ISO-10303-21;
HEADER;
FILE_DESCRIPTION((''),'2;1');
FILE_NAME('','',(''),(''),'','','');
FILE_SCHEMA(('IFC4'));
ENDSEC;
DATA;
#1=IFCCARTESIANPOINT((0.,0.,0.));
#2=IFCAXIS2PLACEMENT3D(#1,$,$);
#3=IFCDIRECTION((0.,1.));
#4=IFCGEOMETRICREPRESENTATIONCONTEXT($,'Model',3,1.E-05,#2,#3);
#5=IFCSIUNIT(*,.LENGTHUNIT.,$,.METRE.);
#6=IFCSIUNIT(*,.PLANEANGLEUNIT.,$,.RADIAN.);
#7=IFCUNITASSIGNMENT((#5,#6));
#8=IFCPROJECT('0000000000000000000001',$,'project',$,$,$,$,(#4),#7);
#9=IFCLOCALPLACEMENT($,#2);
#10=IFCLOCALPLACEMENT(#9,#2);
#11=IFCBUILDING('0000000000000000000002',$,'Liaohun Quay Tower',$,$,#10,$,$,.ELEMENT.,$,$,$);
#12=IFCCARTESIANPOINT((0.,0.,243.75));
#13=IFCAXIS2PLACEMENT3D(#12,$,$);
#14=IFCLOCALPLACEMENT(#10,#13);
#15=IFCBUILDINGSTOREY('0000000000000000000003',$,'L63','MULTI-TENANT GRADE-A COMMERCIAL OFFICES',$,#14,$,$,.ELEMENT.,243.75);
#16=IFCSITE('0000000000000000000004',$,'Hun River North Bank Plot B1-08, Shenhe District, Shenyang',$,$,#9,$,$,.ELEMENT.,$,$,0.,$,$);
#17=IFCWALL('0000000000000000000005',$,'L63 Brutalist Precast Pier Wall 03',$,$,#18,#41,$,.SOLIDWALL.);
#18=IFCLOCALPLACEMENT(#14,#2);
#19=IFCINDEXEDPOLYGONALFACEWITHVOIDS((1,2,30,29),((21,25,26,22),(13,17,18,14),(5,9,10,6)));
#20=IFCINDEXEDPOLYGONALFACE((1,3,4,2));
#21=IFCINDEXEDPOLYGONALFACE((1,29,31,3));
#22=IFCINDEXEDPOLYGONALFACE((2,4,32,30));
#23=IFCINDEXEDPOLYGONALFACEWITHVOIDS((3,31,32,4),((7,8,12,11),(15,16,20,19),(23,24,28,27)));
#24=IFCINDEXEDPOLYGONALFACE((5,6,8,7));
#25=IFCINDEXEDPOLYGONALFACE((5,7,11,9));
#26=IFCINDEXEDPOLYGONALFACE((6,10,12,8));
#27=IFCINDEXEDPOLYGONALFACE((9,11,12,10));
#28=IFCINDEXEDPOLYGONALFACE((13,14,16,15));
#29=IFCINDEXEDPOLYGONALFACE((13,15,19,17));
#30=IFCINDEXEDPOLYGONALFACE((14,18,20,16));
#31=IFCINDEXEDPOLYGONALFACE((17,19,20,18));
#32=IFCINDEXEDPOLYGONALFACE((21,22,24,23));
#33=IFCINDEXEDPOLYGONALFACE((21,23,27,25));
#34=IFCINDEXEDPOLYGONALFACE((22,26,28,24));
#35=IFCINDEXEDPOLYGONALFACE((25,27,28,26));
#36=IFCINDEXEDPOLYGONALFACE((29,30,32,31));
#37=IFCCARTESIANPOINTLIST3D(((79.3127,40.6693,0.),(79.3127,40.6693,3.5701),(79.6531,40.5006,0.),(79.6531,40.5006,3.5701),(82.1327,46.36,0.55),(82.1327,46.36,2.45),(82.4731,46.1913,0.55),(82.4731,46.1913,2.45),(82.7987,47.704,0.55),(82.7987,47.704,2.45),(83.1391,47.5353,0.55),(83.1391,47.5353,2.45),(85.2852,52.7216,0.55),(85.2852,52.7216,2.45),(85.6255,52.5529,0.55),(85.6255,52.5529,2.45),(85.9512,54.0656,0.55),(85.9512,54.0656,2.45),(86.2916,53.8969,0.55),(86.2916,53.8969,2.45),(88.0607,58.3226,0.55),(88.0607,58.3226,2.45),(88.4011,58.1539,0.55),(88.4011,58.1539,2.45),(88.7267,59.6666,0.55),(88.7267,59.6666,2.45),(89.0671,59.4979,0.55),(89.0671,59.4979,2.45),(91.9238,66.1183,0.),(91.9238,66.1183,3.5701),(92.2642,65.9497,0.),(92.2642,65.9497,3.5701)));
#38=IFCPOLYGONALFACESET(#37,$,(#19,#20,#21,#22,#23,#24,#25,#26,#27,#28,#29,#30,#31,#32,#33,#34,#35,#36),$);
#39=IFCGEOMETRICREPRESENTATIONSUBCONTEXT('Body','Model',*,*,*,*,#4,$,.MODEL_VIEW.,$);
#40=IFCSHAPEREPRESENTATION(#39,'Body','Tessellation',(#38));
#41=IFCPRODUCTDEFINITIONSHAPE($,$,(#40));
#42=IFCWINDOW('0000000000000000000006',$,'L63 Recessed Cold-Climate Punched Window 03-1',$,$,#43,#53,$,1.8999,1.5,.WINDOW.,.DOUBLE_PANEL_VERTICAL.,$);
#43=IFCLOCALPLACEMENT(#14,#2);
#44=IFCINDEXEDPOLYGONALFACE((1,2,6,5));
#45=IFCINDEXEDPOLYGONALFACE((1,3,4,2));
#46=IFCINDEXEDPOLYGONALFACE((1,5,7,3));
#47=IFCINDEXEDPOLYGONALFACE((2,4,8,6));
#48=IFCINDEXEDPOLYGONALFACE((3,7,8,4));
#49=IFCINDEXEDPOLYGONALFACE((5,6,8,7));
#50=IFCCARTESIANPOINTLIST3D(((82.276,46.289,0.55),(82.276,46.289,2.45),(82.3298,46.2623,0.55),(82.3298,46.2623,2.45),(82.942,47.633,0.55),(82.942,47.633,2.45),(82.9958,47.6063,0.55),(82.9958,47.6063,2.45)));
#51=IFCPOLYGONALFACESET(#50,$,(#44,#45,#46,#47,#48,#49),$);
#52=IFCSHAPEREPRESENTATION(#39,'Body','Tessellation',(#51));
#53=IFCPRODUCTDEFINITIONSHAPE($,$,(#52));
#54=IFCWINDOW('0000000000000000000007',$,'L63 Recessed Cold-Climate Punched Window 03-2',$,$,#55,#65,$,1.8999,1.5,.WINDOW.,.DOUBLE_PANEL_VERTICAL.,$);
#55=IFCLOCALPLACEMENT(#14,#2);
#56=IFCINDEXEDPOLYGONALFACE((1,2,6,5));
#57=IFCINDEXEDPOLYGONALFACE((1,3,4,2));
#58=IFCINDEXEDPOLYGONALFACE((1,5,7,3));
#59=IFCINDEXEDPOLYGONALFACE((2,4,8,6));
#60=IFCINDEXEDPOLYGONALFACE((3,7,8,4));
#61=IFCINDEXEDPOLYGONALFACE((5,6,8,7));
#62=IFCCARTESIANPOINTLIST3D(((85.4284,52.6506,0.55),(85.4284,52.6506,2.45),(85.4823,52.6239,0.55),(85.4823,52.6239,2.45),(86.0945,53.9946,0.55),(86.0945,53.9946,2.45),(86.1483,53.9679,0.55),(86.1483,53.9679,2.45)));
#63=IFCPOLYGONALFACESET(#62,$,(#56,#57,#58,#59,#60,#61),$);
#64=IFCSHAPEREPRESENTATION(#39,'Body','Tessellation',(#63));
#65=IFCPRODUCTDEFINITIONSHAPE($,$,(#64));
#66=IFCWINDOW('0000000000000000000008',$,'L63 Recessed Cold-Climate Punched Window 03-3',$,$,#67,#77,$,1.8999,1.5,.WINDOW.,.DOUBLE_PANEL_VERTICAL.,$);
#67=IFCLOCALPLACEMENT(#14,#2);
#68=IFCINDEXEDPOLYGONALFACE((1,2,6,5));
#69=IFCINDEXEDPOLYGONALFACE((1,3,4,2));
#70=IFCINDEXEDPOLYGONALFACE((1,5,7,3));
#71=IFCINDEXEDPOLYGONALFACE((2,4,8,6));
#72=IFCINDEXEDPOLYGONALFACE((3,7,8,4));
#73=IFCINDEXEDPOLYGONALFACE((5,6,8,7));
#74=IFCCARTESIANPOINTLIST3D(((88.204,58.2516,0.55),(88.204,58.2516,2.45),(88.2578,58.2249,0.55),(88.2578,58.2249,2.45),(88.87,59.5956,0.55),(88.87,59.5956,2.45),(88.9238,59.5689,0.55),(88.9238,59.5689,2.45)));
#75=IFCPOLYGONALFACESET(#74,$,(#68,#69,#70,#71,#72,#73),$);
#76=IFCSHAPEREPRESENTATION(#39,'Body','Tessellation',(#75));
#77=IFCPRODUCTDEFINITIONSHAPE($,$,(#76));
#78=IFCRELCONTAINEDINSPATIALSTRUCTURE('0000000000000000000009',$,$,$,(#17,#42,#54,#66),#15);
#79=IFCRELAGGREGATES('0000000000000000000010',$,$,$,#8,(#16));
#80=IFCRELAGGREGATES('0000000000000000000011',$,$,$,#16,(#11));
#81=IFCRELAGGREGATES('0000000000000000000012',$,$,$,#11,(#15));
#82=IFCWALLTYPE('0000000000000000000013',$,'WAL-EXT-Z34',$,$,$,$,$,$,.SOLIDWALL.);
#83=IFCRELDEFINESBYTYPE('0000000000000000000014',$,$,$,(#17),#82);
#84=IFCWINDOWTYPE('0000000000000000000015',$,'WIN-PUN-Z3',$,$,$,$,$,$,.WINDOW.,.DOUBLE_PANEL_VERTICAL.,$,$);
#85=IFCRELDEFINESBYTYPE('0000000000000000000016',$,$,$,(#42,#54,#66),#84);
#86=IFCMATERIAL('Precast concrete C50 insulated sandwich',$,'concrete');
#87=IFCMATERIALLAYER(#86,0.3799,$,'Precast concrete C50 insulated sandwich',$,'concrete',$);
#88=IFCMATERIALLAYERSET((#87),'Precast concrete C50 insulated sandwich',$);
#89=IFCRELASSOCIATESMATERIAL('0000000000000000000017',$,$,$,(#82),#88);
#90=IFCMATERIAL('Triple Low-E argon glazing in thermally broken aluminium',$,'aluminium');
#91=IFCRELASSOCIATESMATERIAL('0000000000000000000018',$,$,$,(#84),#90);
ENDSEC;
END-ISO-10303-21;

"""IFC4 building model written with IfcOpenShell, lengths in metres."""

from ifc_helpers import new_model, si_unit, direction, frame, frame_2d, origin, place, context, subcontext, project, spatial, rectangle, extrude, source, transform, mapped, material, layer, layer_set, type_object, element, fill, save


model = new_model("IFC4")

# Units and contexts
model_context = context("Model", 3, precision=1e-05, world=origin(), true_north=direction((0.0, 1.0)))
body_context = subcontext(model_context, "Body", "Model", "MODEL_VIEW")
ifc_project = project(units=[si_unit("LENGTHUNIT", "METRE"), si_unit("PLANEANGLEUNIT", "RADIAN")], contexts=[model_context])

# Site, building, storey
site_placement = place(None, origin())
site = spatial("IfcSite", under=ifc_project, at=site_placement, Name="Hun River North Bank Plot B1-08, Shenhe District, Shenyang", CompositionType="ELEMENT", RefElevation=0.0)
building_placement = place(site_placement, origin())
building = spatial("IfcBuilding", under=site, at=building_placement, Name="Liaohun Quay Tower", CompositionType="ELEMENT")
storey_placement = place(building_placement, frame((0.0, 0.0, 243.75)))
storey = spatial("IfcBuildingStorey", under=building, at=storey_placement, Name="L63", Description="MULTI-TENANT GRADE-A COMMERCIAL OFFICES", CompositionType="ELEMENT", Elevation=243.75)

# Shared definitions
ifc_material_1 = material(Name="Precast concrete C50 insulated sandwich", Category="concrete")
ifc_layer_1 = layer(ifc_material_1, 0.3799, Name="Precast concrete C50 insulated sandwich", Category="concrete")
ifc_layer_set_1 = layer_set([ifc_layer_1], Name="Precast concrete C50 insulated sandwich")
wall_type_1 = type_object("IfcWallType", Name="WAL-EXT-Z34", PredefinedType="SOLIDWALL", material=ifc_layer_set_1)

# Wall, openings, windows
shared_shape_1 = source(origin(), body_context, "Body", "SweptSolid", [
    extrude(rectangle(XDim=1.5, YDim=1.8999, at=frame_2d((0.75, 0.95))), frame((0.0, 0.2, 0.0), z_axis=(0.0, -1.0, 0.0), x_axis=(1.0, 0.0, 0.0)), (0.0, 0.0, 1.0), 0.3999),
])
ifc_material_2 = material(Name="Triple Low-E argon glazing in thermally broken aluminium", Category="aluminium")
window_type_1 = type_object("IfcWindowType", Name="WIN-PUN-Z3", PartitioningType="DOUBLE_PANEL_VERTICAL", PredefinedType="WINDOW", material=ifc_material_2)
shared_shape_2 = source(origin(), body_context, "Body", "SweptSolid", [
    extrude(rectangle(XDim=1.5, YDim=1.8999, at=frame_2d((0.75, 0.95))), frame((0.0, 0.03, 0.0), z_axis=(0.0, -1.0, 0.0), x_axis=(1.0, 0.0, 0.0)), (0.0, 0.0, 1.0), 0.0601),
])
wall_1_placement = place(storey_placement, frame((79.4829, 40.585, 0.0), z_axis=(0.0, 0.0, 1.0), x_axis=(0.444017, 0.896019, 0.0)))
wall_1 = element("IfcWall", 1, at=wall_1_placement, inside=storey, type_object=wall_type_1, Name="L63 Brutalist Precast Pier Wall 03", PredefinedType="SOLIDWALL", context=body_context, shape_type="SweptSolid", body=[
    extrude(rectangle(XDim=28.4023, YDim=0.3799, at=frame_2d((14.2012, 0.0))), origin(), (0.0, 0.0, 1.0), 3.5701),
])
opening_1_placement = place(wall_1_placement, frame((6.3511, 0.0, 0.55)))
opening_1 = element("IfcOpeningElement", 2, at=opening_1_placement, cuts=wall_1, PredefinedType="OPENING", context=body_context, shape_type="MappedRepresentation", body=[
    mapped(shared_shape_1, transform((0.0, 0.0, 0.0), x_axis=(1.0, 0.0, 0.0), y_axis=(0.0, 1.0, 0.0), z_axis=(0.0, 0.0, 1.0), scale=1.0)),
])
opening_2_placement = place(wall_1_placement, frame((13.4509, 0.0, 0.55)))
opening_2 = element("IfcOpeningElement", 3, at=opening_2_placement, cuts=wall_1, PredefinedType="OPENING", context=body_context, shape_type="MappedRepresentation", body=[
    mapped(shared_shape_1, transform((0.0, 0.0, 0.0), x_axis=(1.0, 0.0, 0.0), y_axis=(0.0, 1.0, 0.0), z_axis=(0.0, 0.0, 1.0), scale=1.0)),
])
opening_3_placement = place(wall_1_placement, frame((19.7019, 0.0, 0.55)))
opening_3 = element("IfcOpeningElement", 4, at=opening_3_placement, cuts=wall_1, PredefinedType="OPENING", context=body_context, shape_type="MappedRepresentation", body=[
    mapped(shared_shape_1, transform((0.0, 0.0, 0.0), x_axis=(1.0, 0.0, 0.0), y_axis=(0.0, 1.0, 0.0), z_axis=(0.0, 0.0, 1.0), scale=1.0)),
])
window_1_placement = place(opening_1_placement, origin())
window_1 = element("IfcWindow", 5, at=window_1_placement, inside=storey, type_object=window_type_1, Name="L63 Recessed Cold-Climate Punched Window 03-1", OverallHeight=1.8999, OverallWidth=1.5, PartitioningType="DOUBLE_PANEL_VERTICAL", PredefinedType="WINDOW", context=body_context, shape_type="MappedRepresentation", body=[
    mapped(shared_shape_2, transform((0.0, 0.0, 0.0), x_axis=(1.0, 0.0, 0.0), y_axis=(0.0, 1.0, 0.0), z_axis=(0.0, 0.0, 1.0), scale=1.0)),
])
fill(opening_1, window_1)
window_2_placement = place(opening_2_placement, origin())
window_2 = element("IfcWindow", 6, at=window_2_placement, inside=storey, type_object=window_type_1, Name="L63 Recessed Cold-Climate Punched Window 03-2", OverallHeight=1.8999, OverallWidth=1.5, PartitioningType="DOUBLE_PANEL_VERTICAL", PredefinedType="WINDOW", context=body_context, shape_type="MappedRepresentation", body=[
    mapped(shared_shape_2, transform((0.0, 0.0, 0.0), x_axis=(1.0, 0.0, 0.0), y_axis=(0.0, 1.0, 0.0), z_axis=(0.0, 0.0, 1.0), scale=1.0)),
])
fill(opening_2, window_2)
window_3_placement = place(opening_3_placement, origin())
window_3 = element("IfcWindow", 7, at=window_3_placement, inside=storey, type_object=window_type_1, Name="L63 Recessed Cold-Climate Punched Window 03-3", OverallHeight=1.8999, OverallWidth=1.5, PartitioningType="DOUBLE_PANEL_VERTICAL", PredefinedType="WINDOW", context=body_context, shape_type="MappedRepresentation", body=[
    mapped(shared_shape_2, transform((0.0, 0.0, 0.0), x_axis=(1.0, 0.0, 0.0), y_axis=(0.0, 1.0, 0.0), z_axis=(0.0, 0.0, 1.0), scale=1.0)),
])
fill(opening_3, window_3)

save(model, "model.ifc")
